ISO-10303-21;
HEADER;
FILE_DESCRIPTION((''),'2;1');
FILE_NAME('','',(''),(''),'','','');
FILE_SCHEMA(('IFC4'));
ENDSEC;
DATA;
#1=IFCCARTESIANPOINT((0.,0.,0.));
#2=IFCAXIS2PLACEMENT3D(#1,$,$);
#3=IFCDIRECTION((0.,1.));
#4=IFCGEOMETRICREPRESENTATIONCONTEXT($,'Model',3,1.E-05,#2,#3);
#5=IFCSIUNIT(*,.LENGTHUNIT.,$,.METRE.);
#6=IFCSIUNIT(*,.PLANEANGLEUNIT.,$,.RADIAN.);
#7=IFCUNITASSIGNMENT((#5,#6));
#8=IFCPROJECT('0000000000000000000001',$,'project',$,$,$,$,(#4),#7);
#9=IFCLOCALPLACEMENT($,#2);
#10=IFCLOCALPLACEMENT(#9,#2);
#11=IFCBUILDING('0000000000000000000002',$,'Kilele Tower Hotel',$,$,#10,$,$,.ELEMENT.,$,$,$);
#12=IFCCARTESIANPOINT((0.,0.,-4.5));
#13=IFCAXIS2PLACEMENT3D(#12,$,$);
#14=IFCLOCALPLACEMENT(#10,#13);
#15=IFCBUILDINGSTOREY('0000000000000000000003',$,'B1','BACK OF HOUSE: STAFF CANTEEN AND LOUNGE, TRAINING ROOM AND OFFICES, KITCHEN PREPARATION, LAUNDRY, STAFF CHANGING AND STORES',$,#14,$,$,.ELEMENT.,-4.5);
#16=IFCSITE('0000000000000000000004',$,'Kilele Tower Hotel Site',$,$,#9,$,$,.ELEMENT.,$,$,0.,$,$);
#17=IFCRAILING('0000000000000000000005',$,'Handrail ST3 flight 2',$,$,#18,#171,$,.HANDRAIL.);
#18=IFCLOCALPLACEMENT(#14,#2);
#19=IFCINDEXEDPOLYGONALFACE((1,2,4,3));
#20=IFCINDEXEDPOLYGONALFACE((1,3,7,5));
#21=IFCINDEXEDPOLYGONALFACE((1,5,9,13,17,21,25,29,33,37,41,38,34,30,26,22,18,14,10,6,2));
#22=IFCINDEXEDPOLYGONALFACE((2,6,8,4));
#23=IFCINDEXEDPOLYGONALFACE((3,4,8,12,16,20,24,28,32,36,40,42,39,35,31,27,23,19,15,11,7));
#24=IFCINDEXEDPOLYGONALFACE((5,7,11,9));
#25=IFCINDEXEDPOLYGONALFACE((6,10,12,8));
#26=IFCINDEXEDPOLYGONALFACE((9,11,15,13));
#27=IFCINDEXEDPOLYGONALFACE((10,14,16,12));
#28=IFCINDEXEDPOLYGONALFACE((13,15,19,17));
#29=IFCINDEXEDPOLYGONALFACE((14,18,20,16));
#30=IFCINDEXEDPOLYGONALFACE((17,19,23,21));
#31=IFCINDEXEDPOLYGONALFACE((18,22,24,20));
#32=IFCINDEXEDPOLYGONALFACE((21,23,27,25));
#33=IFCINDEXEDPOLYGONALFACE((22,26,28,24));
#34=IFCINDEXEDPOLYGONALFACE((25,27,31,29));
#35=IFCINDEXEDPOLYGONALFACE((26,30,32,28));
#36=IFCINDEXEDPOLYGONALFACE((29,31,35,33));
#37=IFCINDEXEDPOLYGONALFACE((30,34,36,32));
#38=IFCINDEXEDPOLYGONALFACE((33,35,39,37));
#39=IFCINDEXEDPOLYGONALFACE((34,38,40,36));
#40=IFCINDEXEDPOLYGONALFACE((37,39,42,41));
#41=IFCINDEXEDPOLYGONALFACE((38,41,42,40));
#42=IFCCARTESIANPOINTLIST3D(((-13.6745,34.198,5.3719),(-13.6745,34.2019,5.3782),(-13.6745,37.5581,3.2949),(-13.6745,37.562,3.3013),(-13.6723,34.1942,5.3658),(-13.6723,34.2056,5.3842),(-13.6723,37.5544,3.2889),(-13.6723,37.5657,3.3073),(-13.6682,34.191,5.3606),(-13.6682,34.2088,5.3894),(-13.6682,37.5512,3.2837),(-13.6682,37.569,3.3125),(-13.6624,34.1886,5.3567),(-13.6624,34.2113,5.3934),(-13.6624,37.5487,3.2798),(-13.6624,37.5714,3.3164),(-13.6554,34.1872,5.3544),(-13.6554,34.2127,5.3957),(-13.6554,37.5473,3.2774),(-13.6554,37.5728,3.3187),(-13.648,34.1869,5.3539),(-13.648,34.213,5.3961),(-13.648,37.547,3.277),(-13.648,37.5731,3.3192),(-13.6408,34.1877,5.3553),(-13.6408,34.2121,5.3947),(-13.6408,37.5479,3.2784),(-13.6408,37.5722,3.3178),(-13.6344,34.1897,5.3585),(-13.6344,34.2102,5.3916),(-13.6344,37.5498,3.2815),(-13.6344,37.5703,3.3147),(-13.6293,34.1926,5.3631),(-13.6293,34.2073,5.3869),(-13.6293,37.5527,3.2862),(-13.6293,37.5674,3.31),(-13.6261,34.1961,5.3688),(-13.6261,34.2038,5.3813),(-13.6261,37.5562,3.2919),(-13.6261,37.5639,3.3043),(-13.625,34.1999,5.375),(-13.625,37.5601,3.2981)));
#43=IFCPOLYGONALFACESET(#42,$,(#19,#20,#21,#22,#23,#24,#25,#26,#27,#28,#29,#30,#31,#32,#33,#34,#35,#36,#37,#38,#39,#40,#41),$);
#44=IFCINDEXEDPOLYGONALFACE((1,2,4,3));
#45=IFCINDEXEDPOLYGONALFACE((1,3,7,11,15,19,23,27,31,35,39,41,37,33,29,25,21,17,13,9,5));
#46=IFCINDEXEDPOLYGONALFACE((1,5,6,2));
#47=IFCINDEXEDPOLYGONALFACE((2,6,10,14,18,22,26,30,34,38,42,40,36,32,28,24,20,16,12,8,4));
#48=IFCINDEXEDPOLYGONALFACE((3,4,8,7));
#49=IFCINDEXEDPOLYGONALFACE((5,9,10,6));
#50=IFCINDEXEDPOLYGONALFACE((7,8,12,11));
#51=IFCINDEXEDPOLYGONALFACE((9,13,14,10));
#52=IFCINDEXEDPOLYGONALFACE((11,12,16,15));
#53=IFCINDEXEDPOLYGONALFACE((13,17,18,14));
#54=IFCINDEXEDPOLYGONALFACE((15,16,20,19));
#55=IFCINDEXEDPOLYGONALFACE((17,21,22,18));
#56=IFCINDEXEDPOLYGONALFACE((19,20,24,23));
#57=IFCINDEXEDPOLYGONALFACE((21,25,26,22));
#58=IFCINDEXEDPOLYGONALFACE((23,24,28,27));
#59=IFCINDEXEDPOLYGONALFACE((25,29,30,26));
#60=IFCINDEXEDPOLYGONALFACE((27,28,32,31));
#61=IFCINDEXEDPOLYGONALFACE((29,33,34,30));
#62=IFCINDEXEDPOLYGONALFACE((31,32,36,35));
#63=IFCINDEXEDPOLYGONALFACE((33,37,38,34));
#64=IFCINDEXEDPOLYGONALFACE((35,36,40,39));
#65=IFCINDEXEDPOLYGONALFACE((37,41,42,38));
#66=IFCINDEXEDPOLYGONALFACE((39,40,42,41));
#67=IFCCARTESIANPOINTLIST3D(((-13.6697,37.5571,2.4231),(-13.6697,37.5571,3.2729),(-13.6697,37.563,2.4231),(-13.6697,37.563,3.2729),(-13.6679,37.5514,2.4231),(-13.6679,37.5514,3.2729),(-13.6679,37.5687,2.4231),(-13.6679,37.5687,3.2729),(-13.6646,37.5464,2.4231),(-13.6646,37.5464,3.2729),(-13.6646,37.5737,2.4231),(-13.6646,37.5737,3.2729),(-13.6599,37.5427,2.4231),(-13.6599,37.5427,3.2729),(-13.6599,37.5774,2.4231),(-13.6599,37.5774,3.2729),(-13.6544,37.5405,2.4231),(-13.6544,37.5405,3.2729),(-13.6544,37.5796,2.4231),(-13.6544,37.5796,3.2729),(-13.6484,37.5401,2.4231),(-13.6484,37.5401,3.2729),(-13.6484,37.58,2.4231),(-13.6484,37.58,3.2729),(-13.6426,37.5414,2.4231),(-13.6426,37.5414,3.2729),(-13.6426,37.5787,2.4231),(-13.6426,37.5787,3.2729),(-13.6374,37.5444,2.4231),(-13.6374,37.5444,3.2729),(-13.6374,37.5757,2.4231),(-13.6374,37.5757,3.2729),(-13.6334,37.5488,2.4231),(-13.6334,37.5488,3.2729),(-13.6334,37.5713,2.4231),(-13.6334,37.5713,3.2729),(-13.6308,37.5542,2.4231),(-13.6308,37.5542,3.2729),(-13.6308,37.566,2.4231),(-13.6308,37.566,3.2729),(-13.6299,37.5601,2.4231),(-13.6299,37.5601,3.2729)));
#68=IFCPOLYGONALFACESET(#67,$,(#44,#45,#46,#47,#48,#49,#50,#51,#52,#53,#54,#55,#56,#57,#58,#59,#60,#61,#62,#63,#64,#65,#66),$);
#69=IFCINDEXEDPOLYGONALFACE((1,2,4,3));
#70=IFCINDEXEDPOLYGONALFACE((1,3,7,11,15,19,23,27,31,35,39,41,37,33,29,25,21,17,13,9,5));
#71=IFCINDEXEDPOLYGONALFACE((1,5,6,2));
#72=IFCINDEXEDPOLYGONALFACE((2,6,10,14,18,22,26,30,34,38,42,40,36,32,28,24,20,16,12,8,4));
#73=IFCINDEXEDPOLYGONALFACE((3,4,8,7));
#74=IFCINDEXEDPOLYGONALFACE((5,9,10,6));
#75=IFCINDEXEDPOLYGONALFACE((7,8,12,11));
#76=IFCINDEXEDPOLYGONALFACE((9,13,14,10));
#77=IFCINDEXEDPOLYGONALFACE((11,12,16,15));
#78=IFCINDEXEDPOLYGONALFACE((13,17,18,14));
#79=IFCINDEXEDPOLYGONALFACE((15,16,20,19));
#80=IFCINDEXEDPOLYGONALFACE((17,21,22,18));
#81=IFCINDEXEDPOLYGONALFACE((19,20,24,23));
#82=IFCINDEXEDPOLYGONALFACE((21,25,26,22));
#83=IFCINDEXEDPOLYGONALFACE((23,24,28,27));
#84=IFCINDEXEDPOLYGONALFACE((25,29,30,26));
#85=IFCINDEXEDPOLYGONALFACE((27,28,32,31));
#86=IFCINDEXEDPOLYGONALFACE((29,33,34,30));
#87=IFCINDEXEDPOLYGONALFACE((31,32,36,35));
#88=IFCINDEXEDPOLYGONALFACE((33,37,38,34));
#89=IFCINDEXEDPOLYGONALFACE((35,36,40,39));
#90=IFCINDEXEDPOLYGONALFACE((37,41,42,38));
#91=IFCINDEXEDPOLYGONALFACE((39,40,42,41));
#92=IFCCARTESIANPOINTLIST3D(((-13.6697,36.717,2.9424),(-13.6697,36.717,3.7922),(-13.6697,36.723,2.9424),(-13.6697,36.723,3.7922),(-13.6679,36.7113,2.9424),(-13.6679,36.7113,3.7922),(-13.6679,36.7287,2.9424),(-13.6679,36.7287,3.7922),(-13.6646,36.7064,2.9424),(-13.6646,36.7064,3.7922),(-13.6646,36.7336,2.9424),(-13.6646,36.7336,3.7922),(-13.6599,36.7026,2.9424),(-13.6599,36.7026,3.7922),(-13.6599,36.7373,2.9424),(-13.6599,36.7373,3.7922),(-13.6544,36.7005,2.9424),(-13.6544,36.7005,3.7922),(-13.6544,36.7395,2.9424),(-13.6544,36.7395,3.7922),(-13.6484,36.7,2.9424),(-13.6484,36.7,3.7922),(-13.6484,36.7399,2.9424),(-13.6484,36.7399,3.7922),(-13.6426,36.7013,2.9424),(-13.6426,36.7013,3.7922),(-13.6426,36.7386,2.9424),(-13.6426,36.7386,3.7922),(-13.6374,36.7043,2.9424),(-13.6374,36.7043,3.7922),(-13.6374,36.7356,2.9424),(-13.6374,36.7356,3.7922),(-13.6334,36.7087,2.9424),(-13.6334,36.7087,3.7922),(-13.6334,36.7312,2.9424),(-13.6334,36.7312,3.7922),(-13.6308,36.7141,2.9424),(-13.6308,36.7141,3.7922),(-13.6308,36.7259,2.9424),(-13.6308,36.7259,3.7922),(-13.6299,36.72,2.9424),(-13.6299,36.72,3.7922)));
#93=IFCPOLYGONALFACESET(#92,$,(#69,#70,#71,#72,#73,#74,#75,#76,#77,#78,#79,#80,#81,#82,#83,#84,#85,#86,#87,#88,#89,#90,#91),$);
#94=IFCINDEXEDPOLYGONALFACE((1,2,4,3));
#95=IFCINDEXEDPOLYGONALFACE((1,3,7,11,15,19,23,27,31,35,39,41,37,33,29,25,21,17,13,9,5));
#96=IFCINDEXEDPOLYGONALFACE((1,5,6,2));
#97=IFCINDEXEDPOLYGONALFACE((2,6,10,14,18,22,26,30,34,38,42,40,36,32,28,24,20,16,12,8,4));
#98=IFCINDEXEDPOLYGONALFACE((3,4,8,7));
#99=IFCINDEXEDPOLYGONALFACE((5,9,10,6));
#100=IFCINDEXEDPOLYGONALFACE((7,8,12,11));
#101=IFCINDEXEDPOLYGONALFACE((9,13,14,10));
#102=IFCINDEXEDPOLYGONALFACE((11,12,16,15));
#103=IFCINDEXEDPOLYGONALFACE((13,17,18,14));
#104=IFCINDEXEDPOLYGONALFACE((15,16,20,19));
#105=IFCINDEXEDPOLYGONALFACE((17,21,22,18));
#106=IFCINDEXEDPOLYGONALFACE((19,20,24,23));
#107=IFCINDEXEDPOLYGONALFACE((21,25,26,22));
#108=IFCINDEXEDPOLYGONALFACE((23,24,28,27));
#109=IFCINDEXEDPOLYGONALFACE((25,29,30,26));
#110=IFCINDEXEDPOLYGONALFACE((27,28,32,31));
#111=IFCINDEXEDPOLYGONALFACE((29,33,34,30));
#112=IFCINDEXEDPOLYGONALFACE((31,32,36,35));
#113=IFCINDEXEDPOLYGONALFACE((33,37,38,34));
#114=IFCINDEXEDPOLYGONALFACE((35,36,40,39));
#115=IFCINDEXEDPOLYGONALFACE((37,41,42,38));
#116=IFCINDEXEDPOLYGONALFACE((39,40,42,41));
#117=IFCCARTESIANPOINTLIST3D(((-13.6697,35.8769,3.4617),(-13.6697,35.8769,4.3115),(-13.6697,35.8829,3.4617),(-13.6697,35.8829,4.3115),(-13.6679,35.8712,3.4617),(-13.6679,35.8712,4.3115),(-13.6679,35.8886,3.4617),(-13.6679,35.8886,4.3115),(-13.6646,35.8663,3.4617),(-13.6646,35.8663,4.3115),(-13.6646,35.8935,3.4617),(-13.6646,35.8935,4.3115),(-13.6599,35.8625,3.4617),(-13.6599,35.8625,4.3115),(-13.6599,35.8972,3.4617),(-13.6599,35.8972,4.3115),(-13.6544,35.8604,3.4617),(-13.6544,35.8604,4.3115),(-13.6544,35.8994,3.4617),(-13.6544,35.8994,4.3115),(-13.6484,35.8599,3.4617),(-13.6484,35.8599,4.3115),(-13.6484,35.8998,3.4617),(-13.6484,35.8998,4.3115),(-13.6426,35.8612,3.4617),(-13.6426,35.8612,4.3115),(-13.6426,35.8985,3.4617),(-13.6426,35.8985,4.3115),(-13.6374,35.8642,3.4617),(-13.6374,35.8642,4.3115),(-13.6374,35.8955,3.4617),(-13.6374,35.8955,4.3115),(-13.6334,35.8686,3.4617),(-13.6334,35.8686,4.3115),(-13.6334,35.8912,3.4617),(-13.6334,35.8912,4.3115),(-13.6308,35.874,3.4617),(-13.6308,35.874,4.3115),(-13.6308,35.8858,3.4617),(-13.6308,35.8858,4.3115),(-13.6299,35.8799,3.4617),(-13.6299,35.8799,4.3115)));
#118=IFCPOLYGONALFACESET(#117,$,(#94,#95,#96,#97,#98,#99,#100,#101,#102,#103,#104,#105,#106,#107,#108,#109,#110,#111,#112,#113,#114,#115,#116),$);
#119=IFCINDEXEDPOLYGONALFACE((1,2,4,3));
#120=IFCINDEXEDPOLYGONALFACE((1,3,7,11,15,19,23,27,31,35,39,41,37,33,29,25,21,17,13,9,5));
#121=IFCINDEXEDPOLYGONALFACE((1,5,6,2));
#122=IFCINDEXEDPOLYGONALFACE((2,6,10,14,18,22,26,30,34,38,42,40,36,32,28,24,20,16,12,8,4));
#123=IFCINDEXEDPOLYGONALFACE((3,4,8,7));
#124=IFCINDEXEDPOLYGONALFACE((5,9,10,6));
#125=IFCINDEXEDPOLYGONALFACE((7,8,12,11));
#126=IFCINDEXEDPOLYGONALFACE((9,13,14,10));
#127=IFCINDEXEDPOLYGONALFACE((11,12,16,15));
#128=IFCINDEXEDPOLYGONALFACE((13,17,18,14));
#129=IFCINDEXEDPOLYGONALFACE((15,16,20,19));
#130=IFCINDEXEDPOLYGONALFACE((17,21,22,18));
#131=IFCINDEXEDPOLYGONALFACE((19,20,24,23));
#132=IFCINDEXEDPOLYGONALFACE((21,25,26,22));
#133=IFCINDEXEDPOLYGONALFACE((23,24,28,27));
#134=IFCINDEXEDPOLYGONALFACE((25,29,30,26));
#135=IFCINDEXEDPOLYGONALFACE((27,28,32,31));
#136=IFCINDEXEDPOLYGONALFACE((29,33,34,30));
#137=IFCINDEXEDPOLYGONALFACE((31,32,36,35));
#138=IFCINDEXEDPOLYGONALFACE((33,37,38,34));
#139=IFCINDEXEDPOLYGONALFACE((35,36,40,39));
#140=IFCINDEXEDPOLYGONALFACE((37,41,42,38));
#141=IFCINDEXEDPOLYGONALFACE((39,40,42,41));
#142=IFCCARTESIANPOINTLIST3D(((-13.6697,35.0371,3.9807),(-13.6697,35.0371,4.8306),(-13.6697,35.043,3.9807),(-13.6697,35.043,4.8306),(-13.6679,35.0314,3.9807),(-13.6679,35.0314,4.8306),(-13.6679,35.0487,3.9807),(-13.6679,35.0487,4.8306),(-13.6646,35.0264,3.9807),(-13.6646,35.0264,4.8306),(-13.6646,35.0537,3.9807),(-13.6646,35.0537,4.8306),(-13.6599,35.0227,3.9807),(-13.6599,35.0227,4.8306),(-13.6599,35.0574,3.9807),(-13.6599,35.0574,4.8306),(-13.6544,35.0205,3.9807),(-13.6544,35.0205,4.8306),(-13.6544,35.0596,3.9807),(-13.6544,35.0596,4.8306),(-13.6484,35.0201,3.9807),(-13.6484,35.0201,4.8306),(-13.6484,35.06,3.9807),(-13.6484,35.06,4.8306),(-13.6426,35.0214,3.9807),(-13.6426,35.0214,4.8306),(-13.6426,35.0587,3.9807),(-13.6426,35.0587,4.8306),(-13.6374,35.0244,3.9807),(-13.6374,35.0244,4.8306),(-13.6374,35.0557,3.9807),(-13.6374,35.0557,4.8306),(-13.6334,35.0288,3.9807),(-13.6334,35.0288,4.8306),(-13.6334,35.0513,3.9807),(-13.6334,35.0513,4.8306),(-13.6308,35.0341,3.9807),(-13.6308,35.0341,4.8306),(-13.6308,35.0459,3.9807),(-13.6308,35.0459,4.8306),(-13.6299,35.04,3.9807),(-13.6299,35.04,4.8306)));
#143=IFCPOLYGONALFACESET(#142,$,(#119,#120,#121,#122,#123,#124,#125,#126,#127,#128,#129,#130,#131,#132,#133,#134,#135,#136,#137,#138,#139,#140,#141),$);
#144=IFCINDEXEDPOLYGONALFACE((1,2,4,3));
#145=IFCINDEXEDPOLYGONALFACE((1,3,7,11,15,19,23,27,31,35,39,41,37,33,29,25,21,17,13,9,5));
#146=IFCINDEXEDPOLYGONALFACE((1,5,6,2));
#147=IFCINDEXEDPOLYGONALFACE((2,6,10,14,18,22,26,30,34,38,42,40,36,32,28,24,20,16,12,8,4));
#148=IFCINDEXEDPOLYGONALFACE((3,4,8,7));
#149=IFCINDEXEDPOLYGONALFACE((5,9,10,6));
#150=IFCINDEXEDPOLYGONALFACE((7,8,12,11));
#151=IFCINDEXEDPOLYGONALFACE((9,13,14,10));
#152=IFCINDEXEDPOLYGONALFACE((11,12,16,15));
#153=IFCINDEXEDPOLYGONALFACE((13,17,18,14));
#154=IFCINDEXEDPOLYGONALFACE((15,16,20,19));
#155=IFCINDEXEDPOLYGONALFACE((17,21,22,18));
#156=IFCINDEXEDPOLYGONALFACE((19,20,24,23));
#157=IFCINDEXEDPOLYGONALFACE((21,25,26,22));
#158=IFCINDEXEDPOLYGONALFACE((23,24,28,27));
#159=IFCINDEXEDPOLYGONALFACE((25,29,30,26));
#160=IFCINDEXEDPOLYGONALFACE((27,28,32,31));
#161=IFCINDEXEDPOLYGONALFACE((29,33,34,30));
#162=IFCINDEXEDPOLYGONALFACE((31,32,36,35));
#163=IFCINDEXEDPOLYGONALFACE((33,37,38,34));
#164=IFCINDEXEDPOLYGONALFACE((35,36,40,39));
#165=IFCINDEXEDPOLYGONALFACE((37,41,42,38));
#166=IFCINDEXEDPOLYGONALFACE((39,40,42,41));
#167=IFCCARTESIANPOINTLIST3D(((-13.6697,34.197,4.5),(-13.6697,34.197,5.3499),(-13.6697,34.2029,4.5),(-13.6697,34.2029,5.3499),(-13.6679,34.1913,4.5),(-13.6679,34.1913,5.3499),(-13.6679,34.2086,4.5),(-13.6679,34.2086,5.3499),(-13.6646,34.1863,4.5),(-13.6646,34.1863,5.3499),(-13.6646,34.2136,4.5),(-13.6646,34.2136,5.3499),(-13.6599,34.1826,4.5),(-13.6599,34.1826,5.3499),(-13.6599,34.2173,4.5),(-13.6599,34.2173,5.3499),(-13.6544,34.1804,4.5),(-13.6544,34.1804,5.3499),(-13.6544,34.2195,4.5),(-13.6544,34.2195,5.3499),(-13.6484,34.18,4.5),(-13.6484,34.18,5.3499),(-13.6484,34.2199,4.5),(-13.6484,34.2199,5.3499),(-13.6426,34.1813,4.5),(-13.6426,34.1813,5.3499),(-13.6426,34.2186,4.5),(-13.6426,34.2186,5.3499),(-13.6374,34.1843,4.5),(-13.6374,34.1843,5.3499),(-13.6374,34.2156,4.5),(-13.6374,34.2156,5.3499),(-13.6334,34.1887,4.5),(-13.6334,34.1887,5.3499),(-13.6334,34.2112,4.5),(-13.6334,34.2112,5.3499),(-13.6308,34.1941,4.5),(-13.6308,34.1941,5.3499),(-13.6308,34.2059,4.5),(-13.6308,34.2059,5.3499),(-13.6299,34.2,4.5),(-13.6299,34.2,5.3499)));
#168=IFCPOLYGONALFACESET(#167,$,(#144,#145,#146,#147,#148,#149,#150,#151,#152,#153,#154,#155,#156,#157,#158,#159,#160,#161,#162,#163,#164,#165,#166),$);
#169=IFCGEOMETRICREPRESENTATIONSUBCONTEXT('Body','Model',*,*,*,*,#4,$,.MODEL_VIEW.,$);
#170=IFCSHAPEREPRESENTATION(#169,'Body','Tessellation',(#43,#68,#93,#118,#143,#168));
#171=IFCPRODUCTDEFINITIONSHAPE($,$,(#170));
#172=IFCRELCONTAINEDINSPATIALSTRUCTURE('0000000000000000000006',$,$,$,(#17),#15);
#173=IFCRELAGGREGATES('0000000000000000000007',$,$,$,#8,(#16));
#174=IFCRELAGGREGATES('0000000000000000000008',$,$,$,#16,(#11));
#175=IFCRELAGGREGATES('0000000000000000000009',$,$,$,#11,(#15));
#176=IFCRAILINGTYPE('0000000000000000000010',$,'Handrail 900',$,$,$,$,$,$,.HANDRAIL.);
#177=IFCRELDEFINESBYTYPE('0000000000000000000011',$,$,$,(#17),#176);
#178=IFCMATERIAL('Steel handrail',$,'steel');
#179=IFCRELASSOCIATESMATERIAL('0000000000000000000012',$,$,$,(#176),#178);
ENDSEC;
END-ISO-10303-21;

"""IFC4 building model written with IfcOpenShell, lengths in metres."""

from ifc_helpers import new_model, si_unit, direction, frame, origin, origin_2d, place, context, subcontext, project, spatial, circle, extrude, material, type_object, element, save


model = new_model("IFC4")

# Units and contexts
model_context = context("Model", 3, precision=1e-05, world=origin(), true_north=direction((0.0, 1.0)))
body_context = subcontext(model_context, "Body", "Model", "MODEL_VIEW")
ifc_project = project(units=[si_unit("LENGTHUNIT", "METRE"), si_unit("PLANEANGLEUNIT", "RADIAN")], contexts=[model_context])

# Site, building, storey
site_placement = place(None, origin())
site = spatial("IfcSite", under=ifc_project, at=site_placement, Name="Kilele Tower Hotel Site", CompositionType="ELEMENT", RefElevation=0.0)
building_placement = place(site_placement, origin())
building = spatial("IfcBuilding", under=site, at=building_placement, Name="Kilele Tower Hotel", CompositionType="ELEMENT")
storey_placement = place(building_placement, frame((0.0, 0.0, -4.5)))
storey = spatial("IfcBuildingStorey", under=building, at=storey_placement, Name="B1", Description="BACK OF HOUSE: STAFF CANTEEN AND LOUNGE, TRAINING ROOM AND OFFICES, KITCHEN PREPARATION, LAUNDRY, STAFF CHANGING AND STORES", CompositionType="ELEMENT", Elevation=-4.5)

# Railing
ifc_material_1 = material(Name="Steel handrail", Category="steel")
railing_type_1 = type_object("IfcRailingType", Name="Handrail 900", PredefinedType="HANDRAIL", material=ifc_material_1)
for number, where, name in (
    (1, (-13.6499, 37.5601, 2.4231), "Handrail ST3 flight 2"),
):
    element("IfcRailing", number, at=place(storey_placement, frame(where)), inside=storey, type_object=railing_type_1, Name=name, PredefinedType="HANDRAIL", context=body_context, shape_type="SweptSolid", body=[
        extrude(circle(Radius=0.0249, at=origin_2d()), frame((0.0, 0.0, 0.875), z_axis=(0.0, -0.850623, 0.525776), x_axis=(1.0, 0.0, 0.0)), (0.0, 0.0, 1.0), 3.9502),
        extrude(circle(Radius=0.02, at=origin_2d()), origin(), (0.0, 0.0, 1.0), 0.8499),
        extrude(circle(Radius=0.02, at=origin_2d()), frame((0.0, -0.8401, 0.5193)), (0.0, 0.0, 1.0), 0.8499),
        extrude(circle(Radius=0.02, at=origin_2d()), frame((0.0, -1.6802, 1.0386)), (0.0, 0.0, 1.0), 0.8499),
        extrude(circle(Radius=0.02, at=origin_2d()), frame((0.0, -2.52, 1.5576)), (0.0, 0.0, 1.0), 0.8499),
        extrude(circle(Radius=0.02, at=origin_2d()), frame((0.0, -3.3601, 2.0769)), (0.0, 0.0, 1.0), 0.8499),
    ])

save(model, "model.ifc")
